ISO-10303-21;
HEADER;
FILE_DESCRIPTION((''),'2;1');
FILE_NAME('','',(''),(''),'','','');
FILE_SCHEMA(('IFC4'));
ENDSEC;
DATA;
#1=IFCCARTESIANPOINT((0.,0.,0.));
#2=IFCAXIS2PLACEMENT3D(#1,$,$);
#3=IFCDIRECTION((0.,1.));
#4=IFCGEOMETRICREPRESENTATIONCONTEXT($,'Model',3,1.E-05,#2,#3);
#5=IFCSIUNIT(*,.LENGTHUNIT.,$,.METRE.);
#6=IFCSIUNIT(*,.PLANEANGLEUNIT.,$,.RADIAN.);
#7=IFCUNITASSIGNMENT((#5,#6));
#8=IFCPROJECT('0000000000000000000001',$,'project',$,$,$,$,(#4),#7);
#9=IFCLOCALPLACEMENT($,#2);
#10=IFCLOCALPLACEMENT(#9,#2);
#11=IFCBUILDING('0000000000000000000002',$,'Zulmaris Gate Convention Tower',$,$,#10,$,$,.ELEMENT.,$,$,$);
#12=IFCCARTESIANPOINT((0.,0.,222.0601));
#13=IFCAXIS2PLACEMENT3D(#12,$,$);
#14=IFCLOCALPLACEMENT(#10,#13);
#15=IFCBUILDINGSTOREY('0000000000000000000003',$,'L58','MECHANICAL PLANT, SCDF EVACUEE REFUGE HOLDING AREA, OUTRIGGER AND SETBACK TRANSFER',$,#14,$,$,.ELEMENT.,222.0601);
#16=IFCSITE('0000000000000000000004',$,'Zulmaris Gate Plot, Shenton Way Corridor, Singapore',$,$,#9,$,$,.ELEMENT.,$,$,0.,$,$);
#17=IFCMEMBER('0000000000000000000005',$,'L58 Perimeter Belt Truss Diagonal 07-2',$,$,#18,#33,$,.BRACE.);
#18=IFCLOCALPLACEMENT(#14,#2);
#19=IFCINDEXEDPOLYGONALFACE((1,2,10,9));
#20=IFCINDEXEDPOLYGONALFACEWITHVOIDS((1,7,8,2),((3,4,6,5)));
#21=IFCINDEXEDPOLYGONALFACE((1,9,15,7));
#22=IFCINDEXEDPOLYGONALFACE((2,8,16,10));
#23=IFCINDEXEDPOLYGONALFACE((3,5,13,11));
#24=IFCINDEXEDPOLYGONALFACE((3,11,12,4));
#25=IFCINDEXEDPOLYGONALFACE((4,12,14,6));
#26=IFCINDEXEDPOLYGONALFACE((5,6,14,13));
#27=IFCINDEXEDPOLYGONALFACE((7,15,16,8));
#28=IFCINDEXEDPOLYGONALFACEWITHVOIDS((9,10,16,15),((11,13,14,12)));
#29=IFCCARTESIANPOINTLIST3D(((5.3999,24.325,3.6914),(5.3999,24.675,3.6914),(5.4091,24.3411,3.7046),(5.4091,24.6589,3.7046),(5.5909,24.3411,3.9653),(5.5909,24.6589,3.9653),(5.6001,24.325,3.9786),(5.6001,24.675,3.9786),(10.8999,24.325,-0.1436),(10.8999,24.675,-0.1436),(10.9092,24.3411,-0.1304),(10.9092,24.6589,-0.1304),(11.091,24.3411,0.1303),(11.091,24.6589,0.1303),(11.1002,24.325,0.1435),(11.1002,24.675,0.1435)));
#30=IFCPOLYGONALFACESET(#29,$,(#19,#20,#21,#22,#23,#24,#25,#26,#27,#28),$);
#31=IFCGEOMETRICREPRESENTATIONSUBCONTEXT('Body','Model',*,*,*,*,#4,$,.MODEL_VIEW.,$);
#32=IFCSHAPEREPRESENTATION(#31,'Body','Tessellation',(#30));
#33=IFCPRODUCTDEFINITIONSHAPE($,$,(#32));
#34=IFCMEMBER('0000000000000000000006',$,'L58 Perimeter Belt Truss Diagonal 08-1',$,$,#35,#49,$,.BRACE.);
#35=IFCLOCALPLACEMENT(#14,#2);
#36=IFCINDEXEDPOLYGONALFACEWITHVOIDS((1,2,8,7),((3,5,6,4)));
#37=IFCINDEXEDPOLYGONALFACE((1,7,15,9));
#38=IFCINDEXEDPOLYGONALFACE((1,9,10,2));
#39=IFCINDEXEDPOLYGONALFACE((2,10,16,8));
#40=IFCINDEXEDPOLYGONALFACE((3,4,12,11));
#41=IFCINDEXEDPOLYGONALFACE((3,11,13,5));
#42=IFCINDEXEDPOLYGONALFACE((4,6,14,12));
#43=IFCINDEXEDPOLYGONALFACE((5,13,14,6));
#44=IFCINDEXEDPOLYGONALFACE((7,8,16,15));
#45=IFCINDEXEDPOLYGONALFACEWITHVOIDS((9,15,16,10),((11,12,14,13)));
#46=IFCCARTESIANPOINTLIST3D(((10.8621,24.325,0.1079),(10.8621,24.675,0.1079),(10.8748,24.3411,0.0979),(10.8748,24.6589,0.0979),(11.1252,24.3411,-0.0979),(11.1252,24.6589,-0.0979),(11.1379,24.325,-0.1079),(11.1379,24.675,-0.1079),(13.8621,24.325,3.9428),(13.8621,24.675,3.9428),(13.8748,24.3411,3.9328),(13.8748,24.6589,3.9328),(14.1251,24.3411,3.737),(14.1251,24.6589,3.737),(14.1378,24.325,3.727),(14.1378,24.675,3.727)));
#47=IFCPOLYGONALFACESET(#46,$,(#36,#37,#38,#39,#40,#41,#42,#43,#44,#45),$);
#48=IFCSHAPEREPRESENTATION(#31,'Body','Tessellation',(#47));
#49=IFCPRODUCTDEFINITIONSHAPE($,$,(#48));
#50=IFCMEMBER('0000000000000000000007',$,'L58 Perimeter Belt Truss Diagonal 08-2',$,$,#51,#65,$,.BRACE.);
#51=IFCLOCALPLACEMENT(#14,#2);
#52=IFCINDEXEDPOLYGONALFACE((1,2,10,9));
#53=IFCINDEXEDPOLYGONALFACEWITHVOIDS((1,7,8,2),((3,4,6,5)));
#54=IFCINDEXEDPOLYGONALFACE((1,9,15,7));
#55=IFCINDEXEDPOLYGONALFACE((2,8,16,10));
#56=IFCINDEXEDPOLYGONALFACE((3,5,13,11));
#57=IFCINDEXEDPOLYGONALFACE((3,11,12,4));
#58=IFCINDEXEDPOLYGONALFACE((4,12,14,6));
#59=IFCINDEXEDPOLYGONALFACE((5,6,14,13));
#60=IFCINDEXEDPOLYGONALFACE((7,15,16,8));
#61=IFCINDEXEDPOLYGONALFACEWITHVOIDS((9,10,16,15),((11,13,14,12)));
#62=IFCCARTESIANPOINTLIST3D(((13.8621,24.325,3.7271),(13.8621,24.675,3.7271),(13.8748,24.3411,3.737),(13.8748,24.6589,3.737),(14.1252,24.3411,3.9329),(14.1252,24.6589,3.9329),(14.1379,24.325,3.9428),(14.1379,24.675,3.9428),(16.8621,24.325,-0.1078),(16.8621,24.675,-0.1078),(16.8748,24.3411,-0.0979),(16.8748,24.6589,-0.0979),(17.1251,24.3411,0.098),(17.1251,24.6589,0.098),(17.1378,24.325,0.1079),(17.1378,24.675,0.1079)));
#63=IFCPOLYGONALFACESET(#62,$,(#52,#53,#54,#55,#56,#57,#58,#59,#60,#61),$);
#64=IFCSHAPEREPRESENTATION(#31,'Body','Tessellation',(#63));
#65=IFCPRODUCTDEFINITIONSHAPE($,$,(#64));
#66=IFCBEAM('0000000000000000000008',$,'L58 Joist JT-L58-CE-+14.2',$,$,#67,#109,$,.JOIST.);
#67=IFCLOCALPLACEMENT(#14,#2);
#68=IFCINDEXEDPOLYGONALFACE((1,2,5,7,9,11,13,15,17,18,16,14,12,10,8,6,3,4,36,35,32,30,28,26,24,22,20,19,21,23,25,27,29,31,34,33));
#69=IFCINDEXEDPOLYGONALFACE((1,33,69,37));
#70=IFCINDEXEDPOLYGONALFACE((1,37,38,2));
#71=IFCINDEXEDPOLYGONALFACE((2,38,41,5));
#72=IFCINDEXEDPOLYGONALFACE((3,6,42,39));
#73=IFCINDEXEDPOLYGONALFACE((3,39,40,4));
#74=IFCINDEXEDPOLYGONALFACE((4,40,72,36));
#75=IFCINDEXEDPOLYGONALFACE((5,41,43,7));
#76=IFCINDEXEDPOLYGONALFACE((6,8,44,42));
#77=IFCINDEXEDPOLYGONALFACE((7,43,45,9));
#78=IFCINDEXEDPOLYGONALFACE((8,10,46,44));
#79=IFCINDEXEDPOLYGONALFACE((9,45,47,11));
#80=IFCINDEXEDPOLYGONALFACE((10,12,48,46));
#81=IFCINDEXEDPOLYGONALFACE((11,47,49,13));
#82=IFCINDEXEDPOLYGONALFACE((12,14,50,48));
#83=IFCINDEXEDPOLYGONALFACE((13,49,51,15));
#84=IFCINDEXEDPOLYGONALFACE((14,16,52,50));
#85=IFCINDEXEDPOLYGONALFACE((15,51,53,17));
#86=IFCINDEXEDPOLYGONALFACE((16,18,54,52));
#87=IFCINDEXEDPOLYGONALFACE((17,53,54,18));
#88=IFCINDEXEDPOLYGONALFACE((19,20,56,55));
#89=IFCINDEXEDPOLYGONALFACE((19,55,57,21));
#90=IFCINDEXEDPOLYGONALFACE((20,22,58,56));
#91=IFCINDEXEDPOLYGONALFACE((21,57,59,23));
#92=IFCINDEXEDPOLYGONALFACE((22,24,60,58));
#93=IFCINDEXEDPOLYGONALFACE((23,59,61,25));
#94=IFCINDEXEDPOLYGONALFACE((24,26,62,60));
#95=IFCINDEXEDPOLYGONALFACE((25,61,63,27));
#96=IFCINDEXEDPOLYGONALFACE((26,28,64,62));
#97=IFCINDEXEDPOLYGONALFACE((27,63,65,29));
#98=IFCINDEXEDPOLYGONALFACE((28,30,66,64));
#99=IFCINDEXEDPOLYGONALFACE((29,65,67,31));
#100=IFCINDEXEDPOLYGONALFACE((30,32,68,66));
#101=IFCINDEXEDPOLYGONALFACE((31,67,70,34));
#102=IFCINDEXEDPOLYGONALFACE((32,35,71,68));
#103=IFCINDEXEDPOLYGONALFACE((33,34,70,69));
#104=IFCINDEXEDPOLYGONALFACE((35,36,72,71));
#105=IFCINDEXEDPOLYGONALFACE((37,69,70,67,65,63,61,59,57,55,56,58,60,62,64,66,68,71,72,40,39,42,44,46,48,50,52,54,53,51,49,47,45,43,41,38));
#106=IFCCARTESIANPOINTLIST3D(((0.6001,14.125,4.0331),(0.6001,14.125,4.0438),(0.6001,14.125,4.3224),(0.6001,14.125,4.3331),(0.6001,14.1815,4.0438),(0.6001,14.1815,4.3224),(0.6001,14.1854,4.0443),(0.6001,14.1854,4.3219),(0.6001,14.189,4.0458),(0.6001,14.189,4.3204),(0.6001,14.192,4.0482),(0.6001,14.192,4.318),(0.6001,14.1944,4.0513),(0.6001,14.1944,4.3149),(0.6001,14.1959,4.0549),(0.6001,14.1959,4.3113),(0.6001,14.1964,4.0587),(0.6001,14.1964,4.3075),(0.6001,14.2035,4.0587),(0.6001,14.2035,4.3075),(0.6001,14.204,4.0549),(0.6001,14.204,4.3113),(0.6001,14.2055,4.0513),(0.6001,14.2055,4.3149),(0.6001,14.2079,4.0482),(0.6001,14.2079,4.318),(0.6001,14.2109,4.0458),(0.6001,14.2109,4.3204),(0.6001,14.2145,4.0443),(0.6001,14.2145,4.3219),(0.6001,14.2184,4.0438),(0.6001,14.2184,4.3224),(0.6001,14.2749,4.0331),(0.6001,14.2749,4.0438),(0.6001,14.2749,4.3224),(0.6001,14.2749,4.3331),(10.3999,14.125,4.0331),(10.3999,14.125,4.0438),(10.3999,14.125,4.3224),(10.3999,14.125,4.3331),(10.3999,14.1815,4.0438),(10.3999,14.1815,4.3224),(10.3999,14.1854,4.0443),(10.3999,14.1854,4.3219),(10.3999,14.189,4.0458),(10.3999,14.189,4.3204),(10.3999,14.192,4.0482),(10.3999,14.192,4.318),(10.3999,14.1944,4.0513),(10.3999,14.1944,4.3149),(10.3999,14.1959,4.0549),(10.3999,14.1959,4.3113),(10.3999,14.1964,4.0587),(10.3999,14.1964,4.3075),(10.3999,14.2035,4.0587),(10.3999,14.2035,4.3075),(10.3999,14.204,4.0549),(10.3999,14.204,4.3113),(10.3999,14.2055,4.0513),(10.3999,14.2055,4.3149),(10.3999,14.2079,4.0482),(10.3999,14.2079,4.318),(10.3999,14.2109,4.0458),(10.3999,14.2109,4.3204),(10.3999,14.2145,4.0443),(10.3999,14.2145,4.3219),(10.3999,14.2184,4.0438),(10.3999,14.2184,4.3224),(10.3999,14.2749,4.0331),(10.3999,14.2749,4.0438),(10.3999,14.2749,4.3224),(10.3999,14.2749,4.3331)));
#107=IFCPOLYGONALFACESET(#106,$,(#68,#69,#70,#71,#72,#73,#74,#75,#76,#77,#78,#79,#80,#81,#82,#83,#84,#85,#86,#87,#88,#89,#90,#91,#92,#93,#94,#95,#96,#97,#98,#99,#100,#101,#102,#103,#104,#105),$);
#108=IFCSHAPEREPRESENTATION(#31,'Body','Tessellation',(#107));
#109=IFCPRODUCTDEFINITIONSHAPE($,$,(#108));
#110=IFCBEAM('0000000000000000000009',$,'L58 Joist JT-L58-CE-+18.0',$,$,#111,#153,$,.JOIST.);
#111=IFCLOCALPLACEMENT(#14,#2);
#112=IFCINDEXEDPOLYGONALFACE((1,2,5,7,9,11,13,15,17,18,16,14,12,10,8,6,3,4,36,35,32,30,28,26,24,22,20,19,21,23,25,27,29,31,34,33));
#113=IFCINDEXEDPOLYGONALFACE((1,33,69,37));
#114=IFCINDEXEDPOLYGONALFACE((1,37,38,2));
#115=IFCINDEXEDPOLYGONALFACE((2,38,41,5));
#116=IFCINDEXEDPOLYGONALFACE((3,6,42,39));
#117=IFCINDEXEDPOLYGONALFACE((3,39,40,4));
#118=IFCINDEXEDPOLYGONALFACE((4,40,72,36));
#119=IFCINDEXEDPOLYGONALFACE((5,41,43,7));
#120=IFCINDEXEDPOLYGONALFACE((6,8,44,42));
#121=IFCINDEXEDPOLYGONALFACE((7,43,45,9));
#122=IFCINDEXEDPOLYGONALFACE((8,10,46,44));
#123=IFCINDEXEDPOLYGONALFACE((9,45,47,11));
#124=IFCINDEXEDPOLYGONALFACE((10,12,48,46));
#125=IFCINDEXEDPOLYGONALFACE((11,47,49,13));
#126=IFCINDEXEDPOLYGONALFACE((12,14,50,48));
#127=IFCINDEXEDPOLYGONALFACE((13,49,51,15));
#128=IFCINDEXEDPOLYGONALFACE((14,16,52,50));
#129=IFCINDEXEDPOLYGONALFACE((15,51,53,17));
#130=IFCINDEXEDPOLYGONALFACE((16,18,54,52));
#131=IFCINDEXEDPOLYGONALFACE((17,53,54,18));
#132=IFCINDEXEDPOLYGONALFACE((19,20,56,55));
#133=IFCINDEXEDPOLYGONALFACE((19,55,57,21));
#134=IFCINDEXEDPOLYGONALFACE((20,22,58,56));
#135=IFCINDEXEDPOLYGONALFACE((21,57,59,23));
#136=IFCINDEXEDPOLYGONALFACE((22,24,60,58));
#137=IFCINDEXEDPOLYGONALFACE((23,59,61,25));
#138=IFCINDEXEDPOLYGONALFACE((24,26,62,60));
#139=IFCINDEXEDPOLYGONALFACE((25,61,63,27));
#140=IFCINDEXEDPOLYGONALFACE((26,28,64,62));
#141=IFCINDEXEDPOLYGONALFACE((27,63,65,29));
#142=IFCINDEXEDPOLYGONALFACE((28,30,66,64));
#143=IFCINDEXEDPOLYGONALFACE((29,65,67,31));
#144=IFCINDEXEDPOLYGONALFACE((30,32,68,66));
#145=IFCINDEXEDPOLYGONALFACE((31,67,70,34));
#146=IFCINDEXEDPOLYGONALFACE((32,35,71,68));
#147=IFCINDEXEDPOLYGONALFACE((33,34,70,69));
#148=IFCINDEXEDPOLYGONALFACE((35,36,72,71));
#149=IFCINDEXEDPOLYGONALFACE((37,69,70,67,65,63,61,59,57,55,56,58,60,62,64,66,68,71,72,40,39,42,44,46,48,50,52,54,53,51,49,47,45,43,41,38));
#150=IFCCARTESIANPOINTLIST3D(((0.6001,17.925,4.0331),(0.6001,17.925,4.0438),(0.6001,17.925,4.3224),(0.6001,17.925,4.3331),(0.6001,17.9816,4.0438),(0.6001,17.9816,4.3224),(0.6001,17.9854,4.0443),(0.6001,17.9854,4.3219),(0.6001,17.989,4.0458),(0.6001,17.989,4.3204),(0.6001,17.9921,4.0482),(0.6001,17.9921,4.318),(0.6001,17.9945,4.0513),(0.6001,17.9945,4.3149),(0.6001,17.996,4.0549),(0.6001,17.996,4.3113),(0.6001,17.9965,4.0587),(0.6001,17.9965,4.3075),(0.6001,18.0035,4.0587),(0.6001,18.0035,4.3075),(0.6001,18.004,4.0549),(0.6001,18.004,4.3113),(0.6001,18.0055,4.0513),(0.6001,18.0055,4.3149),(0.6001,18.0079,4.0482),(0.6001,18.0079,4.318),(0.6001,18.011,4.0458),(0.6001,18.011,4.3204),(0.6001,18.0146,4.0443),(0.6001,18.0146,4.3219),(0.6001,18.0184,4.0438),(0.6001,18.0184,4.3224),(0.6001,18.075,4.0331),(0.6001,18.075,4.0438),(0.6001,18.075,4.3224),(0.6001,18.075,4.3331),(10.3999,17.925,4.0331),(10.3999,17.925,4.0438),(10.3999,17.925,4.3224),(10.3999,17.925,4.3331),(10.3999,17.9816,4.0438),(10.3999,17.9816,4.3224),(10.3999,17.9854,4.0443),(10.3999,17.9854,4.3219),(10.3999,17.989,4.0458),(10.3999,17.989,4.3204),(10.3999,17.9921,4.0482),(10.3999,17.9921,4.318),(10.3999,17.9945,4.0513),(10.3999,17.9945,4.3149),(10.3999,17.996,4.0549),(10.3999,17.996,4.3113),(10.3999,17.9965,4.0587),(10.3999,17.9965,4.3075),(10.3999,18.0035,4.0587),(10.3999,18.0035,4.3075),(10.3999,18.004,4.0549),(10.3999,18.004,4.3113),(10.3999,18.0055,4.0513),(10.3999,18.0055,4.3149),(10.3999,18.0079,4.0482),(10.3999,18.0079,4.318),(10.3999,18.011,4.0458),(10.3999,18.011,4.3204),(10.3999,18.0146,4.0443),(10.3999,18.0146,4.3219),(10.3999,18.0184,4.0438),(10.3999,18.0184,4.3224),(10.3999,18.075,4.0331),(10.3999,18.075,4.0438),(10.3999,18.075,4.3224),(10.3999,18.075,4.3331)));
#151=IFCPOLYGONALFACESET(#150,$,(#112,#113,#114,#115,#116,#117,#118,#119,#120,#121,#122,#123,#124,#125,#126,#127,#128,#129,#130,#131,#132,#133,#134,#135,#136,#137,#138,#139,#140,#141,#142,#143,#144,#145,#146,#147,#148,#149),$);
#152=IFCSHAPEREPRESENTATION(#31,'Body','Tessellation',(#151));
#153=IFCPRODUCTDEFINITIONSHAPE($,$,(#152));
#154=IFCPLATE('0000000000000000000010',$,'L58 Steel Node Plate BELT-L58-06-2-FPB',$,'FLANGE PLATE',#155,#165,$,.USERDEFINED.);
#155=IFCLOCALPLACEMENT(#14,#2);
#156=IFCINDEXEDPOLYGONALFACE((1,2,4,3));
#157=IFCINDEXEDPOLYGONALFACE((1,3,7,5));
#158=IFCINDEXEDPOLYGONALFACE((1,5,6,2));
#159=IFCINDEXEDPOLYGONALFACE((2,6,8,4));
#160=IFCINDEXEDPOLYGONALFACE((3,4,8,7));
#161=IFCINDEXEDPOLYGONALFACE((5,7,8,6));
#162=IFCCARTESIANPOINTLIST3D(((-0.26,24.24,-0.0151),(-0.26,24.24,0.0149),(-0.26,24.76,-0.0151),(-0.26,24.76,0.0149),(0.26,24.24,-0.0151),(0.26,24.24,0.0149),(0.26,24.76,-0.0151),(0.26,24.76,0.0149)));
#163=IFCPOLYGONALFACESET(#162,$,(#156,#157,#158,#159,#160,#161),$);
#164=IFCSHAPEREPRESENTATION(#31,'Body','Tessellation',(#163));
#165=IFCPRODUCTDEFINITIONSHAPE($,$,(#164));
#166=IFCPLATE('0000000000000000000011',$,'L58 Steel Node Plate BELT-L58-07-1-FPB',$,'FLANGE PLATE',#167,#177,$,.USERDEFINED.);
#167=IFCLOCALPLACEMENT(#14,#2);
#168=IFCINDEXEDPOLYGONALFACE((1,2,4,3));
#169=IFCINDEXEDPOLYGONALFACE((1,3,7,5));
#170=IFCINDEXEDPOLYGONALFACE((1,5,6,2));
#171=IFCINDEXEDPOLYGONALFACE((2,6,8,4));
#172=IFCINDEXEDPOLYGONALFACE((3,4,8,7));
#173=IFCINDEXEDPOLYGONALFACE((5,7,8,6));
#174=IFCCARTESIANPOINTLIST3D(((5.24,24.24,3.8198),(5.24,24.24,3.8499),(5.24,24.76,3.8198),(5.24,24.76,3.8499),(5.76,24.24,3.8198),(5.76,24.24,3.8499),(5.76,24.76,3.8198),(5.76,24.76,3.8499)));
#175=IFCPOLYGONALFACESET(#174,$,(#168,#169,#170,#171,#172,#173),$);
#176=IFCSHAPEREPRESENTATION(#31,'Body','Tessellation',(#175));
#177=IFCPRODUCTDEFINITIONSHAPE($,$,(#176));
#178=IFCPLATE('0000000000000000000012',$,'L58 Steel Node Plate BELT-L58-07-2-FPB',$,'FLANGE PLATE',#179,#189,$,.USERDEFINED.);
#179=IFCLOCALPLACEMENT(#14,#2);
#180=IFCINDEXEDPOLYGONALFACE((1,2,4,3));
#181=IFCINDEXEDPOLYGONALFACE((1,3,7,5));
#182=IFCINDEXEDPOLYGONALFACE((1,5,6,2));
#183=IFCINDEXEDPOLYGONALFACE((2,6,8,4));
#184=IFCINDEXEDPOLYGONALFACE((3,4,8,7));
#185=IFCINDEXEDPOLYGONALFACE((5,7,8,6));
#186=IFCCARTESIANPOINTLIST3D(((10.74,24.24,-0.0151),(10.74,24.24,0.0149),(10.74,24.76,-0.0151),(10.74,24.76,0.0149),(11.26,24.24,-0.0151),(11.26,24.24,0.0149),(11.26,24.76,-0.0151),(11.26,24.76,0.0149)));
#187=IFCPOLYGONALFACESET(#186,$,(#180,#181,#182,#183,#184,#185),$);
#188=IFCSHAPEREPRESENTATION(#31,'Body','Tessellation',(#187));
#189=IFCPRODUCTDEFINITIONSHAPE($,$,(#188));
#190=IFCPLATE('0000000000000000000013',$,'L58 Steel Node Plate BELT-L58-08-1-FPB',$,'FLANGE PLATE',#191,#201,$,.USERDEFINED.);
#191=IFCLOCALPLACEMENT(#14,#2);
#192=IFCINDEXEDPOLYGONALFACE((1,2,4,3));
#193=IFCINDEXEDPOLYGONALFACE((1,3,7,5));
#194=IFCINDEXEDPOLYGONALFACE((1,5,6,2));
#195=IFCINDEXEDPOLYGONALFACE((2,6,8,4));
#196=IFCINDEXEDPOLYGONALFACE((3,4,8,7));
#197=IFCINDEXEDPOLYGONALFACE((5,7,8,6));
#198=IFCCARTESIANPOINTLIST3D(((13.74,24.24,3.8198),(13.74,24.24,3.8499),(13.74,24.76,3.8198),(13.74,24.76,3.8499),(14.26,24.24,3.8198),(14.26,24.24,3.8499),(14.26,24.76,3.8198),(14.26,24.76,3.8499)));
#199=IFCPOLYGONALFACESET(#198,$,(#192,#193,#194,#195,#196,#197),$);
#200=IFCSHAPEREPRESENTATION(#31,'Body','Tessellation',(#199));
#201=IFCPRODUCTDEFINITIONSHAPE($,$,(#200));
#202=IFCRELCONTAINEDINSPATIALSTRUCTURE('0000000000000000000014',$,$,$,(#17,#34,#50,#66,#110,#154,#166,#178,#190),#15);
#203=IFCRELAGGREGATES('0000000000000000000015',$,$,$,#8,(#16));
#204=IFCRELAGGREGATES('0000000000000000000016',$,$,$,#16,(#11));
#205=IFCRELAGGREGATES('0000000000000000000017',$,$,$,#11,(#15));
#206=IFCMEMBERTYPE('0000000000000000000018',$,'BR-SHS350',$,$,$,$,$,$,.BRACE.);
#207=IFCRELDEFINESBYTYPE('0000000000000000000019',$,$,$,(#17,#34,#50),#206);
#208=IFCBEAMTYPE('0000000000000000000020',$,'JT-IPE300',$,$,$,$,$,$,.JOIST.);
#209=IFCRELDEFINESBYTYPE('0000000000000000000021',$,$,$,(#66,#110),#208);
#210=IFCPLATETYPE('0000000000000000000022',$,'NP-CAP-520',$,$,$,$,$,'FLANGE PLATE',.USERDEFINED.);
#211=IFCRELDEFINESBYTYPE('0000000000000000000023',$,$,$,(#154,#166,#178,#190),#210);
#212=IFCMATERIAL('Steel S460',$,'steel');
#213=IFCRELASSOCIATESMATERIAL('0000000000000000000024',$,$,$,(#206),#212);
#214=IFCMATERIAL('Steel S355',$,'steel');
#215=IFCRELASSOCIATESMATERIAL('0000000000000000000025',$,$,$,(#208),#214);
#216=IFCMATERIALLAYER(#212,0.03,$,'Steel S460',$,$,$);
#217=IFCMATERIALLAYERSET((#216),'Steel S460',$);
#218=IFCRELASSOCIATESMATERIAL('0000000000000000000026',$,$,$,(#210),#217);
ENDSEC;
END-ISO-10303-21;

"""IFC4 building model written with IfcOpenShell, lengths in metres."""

from ifc_helpers import new_model, si_unit, direction, frame, origin, origin_2d, place, context, subcontext, project, spatial, rectangle, hollow_rectangle, i_section, extrude, material, layer, layer_set, material_profile, profile_set, type_object, element, save


model = new_model("IFC4")

# Units and contexts
model_context = context("Model", 3, precision=1e-05, world=origin(), true_north=direction((0.0, 1.0)))
body_context = subcontext(model_context, "Body", "Model", "MODEL_VIEW")
ifc_project = project(units=[si_unit("LENGTHUNIT", "METRE"), si_unit("PLANEANGLEUNIT", "RADIAN")], contexts=[model_context])

# Site, building, storey
site_placement = place(None, origin())
site = spatial("IfcSite", under=ifc_project, at=site_placement, Name="Zulmaris Gate Plot, Shenton Way Corridor, Singapore", CompositionType="ELEMENT", RefElevation=0.0)
building_placement = place(site_placement, origin())
building = spatial("IfcBuilding", under=site, at=building_placement, Name="Zulmaris Gate Convention Tower", CompositionType="ELEMENT")
storey_placement = place(building_placement, frame((0.0, 0.0, 222.0601)))
storey = spatial("IfcBuildingStorey", under=building, at=storey_placement, Name="L58", Description="MECHANICAL PLANT, SCDF EVACUEE REFUGE HOLDING AREA, OUTRIGGER AND SETBACK TRANSFER", CompositionType="ELEMENT", Elevation=222.0601)

# Members
ifc_material_1 = material(Name="Steel S460", Category="steel")
ifc_material_profile_1 = material_profile(ifc_material_1, hollow_rectangle(XDim=0.3501, YDim=0.3501, WallThickness=0.0161, at=origin_2d()), Name="SHS 350x350x16")
ifc_profile_set_1 = profile_set([ifc_material_profile_1], Name="Steel S460")
member_type_1 = type_object("IfcMemberType", Name="BR-SHS350", PredefinedType="BRACE", material=ifc_profile_set_1)
for number, where, z_axis, x_axis, name in (
    (1, (5.5, 24.5, 3.835), (0.820284, 0.0, -0.571956), (0.0, 1.0, 0.0), "L58 Perimeter Belt Truss Diagonal 07-2"),
):
    element("IfcMember", number, at=place(storey_placement, frame(where, z_axis=z_axis, x_axis=x_axis)), inside=storey, type_object=member_type_1, Name=name, PredefinedType="BRACE", context=body_context, shape_type="SweptSolid", body=[
        extrude(hollow_rectangle(XDim=0.3501, YDim=0.3501, WallThickness=0.0161, at=origin_2d()), origin(), (0.0, 0.0, 1.0), 6.7051),
    ])
for number, where, z_axis, x_axis, name in (
    (2, (11.0, 24.5, 0.0), (0.616146, 0.0, 0.787632), (0.0, 1.0, 0.0), "L58 Perimeter Belt Truss Diagonal 08-1"),
    (3, (14.0, 24.5, 3.835), (0.616146, 0.0, -0.787632), (0.0, 1.0, 0.0), "L58 Perimeter Belt Truss Diagonal 08-2"),
):
    element("IfcMember", number, at=place(storey_placement, frame(where, z_axis=z_axis, x_axis=x_axis)), inside=storey, type_object=member_type_1, Name=name, PredefinedType="BRACE", context=body_context, shape_type="SweptSolid", body=[
        extrude(hollow_rectangle(XDim=0.3501, YDim=0.3501, WallThickness=0.0161, at=origin_2d()), origin(), (0.0, 0.0, 1.0), 4.8689),
    ])

# Beams
ifc_material_2 = material(Name="Steel S355", Category="steel")
ifc_material_profile_2 = material_profile(ifc_material_2, i_section(OverallWidth=0.1499, OverallDepth=0.3, WebThickness=0.0071, FlangeThickness=0.0107, FilletRadius=0.0149, at=origin_2d()), Name="IPE 300")
ifc_profile_set_2 = profile_set([ifc_material_profile_2], Name="Steel S355")
beam_type_1 = type_object("IfcBeamType", Name="JT-IPE300", PredefinedType="JOIST", material=ifc_profile_set_2)
for number, where, z_axis, x_axis, name in (
    (4, (0.6001, 14.2, 4.1831), (1.0, 0.0, 0.0), (0.0, 1.0, 0.0), "L58 Joist JT-L58-CE-+14.2"),
    (5, (0.6001, 18.0, 4.1831), (1.0, 0.0, 0.0), (0.0, 1.0, 0.0), "L58 Joist JT-L58-CE-+18.0"),
):
    element("IfcBeam", number, at=place(storey_placement, frame(where, z_axis=z_axis, x_axis=x_axis)), inside=storey, type_object=beam_type_1, Name=name, PredefinedType="JOIST", context=body_context, shape_type="SweptSolid", body=[
        extrude(i_section(OverallWidth=0.1499, OverallDepth=0.3, WebThickness=0.0071, FlangeThickness=0.0107, FilletRadius=0.0149, at=origin_2d()), origin(), (0.0, 0.0, 1.0), 9.7998),
    ])

# Plates
ifc_layer_1 = layer(ifc_material_1, 0.03, Name="Steel S460")
ifc_layer_set_1 = layer_set([ifc_layer_1], Name="Steel S460")
plate_type = type_object("IfcPlateType", Name="NP-CAP-520", ElementType="FLANGE PLATE", PredefinedType="USERDEFINED", material=ifc_layer_set_1)
for number, where, z_axis, x_axis, name in (
    (6, (0.0, 24.5, -0.0151), (0.0, 0.0, 1.0), (1.0, 0.0, 0.0), "L58 Steel Node Plate BELT-L58-06-2-FPB"),
    (7, (5.5, 24.5, 3.8198), (0.0, 0.0, 1.0), (1.0, 0.0, 0.0), "L58 Steel Node Plate BELT-L58-07-1-FPB"),
    (8, (11.0, 24.5, -0.0151), (0.0, 0.0, 1.0), (1.0, 0.0, 0.0), "L58 Steel Node Plate BELT-L58-07-2-FPB"),
    (9, (14.0, 24.5, 3.8198), (0.0, 0.0, 1.0), (1.0, 0.0, 0.0), "L58 Steel Node Plate BELT-L58-08-1-FPB"),
):
    element("IfcPlate", number, at=place(storey_placement, frame(where, z_axis=z_axis, x_axis=x_axis)), inside=storey, type_object=plate_type, Name=name, ObjectType="FLANGE PLATE", PredefinedType="USERDEFINED", context=body_context, shape_type="SweptSolid", body=[
        extrude(rectangle(XDim=0.52, YDim=0.52, at=origin_2d()), origin(), (0.0, 0.0, 1.0), 0.03),
    ])

save(model, "model.ifc")
